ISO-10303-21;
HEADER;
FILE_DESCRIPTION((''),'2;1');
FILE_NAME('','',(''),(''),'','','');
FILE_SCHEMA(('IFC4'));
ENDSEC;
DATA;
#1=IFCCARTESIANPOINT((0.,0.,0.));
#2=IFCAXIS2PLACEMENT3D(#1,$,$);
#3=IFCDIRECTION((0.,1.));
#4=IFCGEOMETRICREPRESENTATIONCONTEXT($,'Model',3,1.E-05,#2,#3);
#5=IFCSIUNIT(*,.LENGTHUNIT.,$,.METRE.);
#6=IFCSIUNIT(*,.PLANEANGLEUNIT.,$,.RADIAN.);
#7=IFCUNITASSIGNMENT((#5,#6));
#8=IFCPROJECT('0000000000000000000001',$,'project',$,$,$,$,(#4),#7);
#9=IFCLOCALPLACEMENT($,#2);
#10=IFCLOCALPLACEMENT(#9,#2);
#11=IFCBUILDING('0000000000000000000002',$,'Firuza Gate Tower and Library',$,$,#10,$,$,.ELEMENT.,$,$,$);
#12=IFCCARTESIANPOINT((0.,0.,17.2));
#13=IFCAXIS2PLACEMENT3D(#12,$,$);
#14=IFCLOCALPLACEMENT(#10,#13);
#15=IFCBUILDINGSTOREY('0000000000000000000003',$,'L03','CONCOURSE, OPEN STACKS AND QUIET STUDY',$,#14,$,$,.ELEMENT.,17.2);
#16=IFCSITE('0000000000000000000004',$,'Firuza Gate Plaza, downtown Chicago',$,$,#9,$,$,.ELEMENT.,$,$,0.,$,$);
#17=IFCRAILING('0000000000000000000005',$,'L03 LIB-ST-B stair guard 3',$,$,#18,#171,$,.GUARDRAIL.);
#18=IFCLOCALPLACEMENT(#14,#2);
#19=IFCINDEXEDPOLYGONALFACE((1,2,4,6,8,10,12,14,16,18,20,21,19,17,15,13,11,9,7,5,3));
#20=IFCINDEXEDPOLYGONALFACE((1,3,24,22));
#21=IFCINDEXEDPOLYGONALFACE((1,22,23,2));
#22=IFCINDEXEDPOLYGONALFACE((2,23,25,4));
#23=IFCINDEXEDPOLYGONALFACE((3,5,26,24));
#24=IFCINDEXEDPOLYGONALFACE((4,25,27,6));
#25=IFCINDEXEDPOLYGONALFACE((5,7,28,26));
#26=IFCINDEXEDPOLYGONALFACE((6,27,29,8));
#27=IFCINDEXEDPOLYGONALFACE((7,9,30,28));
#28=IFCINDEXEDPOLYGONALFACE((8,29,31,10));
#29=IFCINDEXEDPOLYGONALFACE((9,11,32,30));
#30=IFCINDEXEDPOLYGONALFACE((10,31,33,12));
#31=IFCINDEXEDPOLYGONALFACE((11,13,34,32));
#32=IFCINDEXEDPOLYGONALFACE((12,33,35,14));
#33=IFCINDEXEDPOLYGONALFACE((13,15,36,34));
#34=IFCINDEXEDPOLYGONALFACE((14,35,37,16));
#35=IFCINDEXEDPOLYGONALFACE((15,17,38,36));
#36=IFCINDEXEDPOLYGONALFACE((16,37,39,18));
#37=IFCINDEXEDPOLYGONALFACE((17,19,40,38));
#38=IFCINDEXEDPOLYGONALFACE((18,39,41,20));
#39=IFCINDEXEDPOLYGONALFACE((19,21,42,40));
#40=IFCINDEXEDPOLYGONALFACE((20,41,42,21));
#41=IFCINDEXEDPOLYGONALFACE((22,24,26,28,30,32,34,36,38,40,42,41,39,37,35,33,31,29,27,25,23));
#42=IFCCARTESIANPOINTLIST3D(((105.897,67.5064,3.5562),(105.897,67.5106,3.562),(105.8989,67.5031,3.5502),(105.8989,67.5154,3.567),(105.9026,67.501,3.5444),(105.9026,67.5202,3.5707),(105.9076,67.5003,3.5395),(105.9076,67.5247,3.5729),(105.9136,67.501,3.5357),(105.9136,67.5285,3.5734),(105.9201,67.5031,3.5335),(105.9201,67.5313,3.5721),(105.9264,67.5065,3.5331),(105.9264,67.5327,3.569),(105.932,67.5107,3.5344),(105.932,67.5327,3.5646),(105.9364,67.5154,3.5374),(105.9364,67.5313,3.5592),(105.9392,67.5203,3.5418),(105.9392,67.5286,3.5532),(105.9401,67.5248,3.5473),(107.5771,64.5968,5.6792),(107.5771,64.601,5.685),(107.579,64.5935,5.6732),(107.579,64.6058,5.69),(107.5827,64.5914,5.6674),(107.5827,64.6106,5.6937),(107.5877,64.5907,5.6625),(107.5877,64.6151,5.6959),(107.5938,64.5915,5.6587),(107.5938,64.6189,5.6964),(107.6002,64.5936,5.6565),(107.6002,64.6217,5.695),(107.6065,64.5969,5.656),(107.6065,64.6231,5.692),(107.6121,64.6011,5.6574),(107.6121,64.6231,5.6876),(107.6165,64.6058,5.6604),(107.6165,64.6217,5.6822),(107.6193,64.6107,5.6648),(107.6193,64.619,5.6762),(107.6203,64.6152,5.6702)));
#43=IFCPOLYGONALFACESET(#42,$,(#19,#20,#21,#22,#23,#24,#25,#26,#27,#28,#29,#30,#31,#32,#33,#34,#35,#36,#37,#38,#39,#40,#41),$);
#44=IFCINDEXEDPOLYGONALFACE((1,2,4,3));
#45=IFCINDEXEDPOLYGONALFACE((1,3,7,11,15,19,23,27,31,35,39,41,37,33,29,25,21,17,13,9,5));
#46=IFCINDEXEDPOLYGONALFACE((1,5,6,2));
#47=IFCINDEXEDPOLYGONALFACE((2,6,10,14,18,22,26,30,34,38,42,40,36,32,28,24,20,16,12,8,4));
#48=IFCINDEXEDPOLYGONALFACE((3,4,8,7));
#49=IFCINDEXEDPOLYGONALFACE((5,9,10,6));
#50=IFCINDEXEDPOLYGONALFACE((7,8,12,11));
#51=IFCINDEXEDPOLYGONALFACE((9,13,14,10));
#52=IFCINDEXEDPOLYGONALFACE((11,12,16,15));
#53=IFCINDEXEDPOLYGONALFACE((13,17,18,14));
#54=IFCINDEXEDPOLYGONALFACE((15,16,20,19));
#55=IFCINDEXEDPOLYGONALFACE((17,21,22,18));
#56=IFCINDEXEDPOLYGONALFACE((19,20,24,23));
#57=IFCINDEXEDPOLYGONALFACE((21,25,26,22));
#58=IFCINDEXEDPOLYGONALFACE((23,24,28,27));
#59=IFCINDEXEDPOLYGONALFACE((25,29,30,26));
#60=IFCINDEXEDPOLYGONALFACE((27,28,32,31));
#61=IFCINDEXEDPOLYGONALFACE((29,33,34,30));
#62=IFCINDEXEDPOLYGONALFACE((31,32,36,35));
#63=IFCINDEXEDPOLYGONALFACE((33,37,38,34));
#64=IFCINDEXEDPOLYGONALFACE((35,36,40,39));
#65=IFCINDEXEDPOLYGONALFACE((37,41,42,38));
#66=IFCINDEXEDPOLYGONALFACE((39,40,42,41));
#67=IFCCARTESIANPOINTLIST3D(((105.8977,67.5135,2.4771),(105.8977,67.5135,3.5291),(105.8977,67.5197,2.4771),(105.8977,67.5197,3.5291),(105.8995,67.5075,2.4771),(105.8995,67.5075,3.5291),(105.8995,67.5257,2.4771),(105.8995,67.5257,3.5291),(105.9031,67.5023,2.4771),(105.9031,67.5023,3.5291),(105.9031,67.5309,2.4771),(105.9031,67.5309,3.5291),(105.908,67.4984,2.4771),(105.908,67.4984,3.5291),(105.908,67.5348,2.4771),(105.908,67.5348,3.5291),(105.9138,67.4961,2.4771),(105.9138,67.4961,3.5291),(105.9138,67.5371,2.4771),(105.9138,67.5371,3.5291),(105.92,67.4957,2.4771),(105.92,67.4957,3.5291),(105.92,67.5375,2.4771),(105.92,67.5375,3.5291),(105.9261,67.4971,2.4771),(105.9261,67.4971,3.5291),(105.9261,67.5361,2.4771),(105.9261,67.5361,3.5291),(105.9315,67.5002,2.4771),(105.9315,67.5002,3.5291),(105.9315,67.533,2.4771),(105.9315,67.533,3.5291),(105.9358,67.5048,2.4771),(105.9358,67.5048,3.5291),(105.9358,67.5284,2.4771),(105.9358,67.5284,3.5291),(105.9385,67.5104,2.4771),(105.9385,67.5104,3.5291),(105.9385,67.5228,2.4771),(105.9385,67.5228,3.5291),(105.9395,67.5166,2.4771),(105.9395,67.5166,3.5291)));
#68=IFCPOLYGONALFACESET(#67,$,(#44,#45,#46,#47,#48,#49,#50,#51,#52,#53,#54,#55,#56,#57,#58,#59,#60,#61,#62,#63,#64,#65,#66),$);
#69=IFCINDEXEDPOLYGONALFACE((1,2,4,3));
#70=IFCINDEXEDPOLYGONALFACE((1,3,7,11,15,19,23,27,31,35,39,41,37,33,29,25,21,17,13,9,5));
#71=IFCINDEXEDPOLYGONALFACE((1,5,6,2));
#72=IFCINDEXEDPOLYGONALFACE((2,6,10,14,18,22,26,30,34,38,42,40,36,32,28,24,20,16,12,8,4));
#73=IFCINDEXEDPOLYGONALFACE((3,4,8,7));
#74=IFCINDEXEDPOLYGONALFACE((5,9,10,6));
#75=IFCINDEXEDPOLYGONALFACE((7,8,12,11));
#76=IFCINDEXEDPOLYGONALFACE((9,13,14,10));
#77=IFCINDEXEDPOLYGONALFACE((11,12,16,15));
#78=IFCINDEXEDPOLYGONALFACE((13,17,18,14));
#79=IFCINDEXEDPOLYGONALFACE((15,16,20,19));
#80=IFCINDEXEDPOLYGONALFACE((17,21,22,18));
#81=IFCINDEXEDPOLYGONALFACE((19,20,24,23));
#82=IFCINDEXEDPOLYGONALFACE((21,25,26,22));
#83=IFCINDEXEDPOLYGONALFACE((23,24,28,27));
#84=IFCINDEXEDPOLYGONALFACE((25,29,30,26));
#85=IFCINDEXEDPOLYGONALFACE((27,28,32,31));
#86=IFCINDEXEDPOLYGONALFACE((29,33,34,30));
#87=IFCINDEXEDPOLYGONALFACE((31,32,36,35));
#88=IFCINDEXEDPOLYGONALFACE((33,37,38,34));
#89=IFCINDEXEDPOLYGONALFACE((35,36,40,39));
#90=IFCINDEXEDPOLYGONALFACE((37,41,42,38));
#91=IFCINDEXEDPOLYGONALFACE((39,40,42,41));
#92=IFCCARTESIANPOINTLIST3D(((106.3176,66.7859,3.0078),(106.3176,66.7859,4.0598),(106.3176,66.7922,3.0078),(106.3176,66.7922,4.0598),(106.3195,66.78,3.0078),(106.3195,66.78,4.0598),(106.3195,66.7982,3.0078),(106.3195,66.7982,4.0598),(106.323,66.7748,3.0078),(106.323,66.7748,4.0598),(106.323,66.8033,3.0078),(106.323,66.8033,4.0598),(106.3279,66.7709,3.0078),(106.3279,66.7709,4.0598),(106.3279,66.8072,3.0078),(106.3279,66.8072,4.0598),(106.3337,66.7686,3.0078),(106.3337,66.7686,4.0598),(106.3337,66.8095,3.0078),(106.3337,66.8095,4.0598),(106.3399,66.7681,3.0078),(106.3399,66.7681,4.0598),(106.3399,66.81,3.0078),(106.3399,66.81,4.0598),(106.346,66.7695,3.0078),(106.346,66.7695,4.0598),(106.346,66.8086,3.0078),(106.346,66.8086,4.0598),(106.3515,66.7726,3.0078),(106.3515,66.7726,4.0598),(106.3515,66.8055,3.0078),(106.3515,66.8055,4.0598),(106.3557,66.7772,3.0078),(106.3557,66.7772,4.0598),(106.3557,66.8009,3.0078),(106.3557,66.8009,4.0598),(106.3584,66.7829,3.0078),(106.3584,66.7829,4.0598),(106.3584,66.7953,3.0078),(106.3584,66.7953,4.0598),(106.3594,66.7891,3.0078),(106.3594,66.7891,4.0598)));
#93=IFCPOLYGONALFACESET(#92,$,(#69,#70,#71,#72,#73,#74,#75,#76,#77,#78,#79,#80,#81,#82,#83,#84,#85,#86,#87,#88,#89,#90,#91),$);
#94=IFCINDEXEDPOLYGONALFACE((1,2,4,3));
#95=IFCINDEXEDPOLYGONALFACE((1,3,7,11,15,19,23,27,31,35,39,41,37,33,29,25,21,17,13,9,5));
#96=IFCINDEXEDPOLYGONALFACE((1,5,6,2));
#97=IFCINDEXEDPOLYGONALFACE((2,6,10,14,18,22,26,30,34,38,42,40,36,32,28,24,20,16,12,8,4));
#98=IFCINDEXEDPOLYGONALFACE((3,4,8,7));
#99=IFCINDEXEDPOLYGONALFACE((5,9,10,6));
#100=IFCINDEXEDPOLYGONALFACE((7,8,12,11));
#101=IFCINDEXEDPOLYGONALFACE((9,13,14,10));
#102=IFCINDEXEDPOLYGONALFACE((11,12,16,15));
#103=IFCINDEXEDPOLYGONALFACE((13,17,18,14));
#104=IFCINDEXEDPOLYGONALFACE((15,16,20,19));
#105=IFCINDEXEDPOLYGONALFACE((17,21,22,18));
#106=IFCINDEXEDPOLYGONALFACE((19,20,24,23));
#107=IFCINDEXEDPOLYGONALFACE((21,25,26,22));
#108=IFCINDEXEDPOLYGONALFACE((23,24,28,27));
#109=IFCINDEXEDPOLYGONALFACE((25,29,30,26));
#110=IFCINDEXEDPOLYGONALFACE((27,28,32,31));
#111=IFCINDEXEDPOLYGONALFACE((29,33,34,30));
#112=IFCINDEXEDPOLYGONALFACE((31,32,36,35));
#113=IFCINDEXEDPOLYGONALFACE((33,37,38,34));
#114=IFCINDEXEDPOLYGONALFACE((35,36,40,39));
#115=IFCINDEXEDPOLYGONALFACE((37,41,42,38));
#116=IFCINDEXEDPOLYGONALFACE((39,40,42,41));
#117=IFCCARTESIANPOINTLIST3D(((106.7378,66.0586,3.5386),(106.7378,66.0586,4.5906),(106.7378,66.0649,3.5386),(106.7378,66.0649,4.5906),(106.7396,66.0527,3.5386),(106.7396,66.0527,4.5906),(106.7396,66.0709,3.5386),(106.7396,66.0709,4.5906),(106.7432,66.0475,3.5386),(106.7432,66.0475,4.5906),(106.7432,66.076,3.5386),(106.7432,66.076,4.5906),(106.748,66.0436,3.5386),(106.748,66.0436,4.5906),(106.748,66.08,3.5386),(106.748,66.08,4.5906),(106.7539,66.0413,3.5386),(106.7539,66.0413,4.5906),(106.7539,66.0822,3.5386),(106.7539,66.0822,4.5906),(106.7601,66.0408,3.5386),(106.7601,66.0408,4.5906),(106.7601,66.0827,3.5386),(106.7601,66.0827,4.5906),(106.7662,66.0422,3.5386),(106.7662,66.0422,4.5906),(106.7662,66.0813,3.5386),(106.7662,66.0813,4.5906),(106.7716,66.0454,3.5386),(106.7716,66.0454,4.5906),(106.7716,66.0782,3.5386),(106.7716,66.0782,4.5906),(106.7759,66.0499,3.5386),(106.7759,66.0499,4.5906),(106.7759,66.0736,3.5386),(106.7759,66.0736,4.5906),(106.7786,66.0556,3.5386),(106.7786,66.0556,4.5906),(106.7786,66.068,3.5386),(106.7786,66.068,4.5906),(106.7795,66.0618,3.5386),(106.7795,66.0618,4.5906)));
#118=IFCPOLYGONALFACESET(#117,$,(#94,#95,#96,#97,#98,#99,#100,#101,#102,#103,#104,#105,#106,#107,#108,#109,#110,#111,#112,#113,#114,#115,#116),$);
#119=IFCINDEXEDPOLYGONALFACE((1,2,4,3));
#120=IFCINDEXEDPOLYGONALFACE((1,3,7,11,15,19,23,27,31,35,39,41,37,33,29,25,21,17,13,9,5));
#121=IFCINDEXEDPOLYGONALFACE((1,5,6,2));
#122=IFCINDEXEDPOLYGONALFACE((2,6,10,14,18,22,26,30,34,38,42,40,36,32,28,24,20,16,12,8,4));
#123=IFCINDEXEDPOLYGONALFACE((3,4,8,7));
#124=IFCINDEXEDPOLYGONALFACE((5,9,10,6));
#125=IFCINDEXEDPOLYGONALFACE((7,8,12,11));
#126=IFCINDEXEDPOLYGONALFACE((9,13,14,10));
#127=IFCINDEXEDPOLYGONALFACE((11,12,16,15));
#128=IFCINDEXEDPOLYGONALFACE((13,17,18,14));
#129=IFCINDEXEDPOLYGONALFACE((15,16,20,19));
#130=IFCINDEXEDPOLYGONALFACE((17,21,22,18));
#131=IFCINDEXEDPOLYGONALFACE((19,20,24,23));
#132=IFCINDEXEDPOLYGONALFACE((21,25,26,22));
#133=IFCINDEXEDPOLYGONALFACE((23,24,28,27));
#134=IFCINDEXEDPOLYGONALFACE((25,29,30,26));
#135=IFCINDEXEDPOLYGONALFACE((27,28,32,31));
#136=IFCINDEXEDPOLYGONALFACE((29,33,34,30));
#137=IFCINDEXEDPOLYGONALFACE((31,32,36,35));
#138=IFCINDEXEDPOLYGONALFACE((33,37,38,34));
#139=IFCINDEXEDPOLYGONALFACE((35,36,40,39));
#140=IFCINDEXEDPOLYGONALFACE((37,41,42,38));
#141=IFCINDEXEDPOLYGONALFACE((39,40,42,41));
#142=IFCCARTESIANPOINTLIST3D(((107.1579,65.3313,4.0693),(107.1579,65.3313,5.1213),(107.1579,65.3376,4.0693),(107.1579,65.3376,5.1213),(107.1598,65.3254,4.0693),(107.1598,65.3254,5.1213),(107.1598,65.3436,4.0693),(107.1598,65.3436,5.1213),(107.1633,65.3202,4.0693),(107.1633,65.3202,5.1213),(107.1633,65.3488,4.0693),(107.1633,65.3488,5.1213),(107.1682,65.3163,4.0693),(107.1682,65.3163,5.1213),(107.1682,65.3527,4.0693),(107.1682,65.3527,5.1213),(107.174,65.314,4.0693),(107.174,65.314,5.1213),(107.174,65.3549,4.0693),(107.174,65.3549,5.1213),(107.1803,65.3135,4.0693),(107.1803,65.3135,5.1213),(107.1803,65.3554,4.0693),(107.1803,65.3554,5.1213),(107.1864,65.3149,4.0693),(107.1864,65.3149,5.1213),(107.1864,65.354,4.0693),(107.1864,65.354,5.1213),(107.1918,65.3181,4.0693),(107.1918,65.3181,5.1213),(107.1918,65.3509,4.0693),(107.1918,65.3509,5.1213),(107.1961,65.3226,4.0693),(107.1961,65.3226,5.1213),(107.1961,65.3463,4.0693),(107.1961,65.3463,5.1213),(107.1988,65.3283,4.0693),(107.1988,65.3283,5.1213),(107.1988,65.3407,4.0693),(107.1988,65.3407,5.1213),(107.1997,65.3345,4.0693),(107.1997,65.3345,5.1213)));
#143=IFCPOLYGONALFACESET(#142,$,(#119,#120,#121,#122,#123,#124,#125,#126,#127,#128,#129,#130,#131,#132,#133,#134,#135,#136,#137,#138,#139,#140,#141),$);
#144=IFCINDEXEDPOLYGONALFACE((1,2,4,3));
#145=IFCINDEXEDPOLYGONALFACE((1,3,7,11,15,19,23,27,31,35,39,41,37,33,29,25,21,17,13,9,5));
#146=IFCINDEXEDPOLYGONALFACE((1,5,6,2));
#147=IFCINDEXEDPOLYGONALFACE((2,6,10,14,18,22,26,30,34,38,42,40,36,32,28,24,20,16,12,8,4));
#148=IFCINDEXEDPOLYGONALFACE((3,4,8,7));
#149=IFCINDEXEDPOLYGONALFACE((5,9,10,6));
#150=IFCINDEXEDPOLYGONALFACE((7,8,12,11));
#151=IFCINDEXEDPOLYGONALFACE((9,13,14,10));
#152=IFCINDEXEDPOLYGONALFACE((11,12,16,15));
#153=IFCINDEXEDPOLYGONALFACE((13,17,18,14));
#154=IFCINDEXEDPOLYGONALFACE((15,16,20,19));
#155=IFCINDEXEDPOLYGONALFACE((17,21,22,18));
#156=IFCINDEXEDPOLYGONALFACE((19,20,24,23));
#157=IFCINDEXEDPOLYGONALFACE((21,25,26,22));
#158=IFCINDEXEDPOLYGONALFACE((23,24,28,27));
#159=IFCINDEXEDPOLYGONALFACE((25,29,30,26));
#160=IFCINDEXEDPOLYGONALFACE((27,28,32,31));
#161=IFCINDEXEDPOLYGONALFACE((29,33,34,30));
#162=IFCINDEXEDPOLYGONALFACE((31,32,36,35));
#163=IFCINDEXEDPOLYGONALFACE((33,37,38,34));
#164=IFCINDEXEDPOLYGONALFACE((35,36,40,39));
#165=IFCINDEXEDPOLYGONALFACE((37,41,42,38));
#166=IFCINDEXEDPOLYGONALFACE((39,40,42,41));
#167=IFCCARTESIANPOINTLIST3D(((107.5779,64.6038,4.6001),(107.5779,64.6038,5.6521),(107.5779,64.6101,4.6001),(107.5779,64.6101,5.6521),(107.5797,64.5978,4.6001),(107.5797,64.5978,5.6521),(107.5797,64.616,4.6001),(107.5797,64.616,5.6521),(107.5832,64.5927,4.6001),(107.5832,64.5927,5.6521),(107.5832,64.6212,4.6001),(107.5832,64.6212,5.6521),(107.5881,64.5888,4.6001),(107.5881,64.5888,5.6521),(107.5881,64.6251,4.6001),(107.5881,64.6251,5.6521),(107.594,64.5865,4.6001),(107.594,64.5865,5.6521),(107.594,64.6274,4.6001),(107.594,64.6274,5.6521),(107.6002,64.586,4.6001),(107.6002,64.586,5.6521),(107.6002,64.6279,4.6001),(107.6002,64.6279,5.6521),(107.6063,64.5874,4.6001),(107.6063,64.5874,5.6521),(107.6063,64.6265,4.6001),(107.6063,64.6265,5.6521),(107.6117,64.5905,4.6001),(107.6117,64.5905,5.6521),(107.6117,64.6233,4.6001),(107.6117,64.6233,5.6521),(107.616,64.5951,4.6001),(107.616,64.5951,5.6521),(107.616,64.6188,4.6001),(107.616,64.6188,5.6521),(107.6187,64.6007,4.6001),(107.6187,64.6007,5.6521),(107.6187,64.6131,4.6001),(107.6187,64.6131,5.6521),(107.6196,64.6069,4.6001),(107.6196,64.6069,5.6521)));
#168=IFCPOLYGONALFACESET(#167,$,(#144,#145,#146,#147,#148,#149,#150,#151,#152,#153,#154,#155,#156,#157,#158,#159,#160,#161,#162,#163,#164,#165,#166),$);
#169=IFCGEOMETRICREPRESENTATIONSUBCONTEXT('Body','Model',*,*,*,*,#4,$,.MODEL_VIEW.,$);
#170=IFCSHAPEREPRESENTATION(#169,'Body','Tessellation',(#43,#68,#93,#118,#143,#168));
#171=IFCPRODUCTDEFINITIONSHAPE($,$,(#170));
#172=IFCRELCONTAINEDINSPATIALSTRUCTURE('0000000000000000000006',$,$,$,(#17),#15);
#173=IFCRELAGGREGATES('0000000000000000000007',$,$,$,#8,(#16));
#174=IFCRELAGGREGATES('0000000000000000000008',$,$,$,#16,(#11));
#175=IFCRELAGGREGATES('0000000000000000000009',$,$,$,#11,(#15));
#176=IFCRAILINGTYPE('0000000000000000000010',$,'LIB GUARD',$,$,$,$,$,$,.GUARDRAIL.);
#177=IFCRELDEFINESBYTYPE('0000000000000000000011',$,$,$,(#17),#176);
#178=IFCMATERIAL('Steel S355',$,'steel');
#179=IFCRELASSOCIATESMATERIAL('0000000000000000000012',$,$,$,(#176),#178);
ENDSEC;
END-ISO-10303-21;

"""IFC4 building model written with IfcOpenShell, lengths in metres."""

from ifc_helpers import new_model, si_unit, direction, frame, origin, origin_2d, place, context, subcontext, project, spatial, circle, extrude, material, type_object, element, save


model = new_model("IFC4")

# Units and contexts
model_context = context("Model", 3, precision=1e-05, world=origin(), true_north=direction((0.0, 1.0)))
body_context = subcontext(model_context, "Body", "Model", "MODEL_VIEW")
ifc_project = project(units=[si_unit("LENGTHUNIT", "METRE"), si_unit("PLANEANGLEUNIT", "RADIAN")], contexts=[model_context])

# Site, building, storey
site_placement = place(None, origin())
site = spatial("IfcSite", under=ifc_project, at=site_placement, Name="Firuza Gate Plaza, downtown Chicago", CompositionType="ELEMENT", RefElevation=0.0)
building_placement = place(site_placement, origin())
building = spatial("IfcBuilding", under=site, at=building_placement, Name="Firuza Gate Tower and Library", CompositionType="ELEMENT")
storey_placement = place(building_placement, frame((0.0, 0.0, 17.2)))
storey = spatial("IfcBuildingStorey", under=building, at=storey_placement, Name="L03", Description="CONCOURSE, OPEN STACKS AND QUIET STUDY", CompositionType="ELEMENT", Elevation=17.2)

# Railing
ifc_material_1 = material(Name="Steel S355", Category="steel")
railing_type_1 = type_object("IfcRailingType", Name="LIB GUARD", PredefinedType="GUARDRAIL", material=ifc_material_1)
railing_1_placement = place(storey_placement, frame((105.9185, 67.5166, 2.4771)))
element("IfcRailing", 1, at=railing_1_placement, inside=storey, type_object=railing_type_1, Name="L03 LIB-ST-B stair guard 3", PredefinedType="GUARDRAIL", context=body_context, shape_type="SweptSolid", body=[
    extrude(circle(Radius=0.0239, at=origin_2d()), frame((0.0, 0.0, 1.0762), z_axis=(0.422741, -0.732088, 0.53417), x_axis=(0.86599, 0.500062, 0.0)), (0.0, 0.0, 1.0), 3.9744),
    extrude(circle(Radius=0.021, at=origin_2d()), origin(), (0.0, 0.0, 1.0), 1.052),
    extrude(circle(Radius=0.021, at=origin_2d()), frame((0.4199, -0.7275, 0.5308)), (0.0, 0.0, 1.0), 1.052),
    extrude(circle(Radius=0.021, at=origin_2d()), frame((0.8401, -1.4548, 1.0615)), (0.0, 0.0, 1.0), 1.052),
    extrude(circle(Radius=0.021, at=origin_2d()), frame((1.2603, -2.1821, 1.5923)), (0.0, 0.0, 1.0), 1.052),
    extrude(circle(Radius=0.021, at=origin_2d()), frame((1.6802, -2.9097, 2.123)), (0.0, 0.0, 1.0), 1.052),
])

save(model, "model.ifc")
